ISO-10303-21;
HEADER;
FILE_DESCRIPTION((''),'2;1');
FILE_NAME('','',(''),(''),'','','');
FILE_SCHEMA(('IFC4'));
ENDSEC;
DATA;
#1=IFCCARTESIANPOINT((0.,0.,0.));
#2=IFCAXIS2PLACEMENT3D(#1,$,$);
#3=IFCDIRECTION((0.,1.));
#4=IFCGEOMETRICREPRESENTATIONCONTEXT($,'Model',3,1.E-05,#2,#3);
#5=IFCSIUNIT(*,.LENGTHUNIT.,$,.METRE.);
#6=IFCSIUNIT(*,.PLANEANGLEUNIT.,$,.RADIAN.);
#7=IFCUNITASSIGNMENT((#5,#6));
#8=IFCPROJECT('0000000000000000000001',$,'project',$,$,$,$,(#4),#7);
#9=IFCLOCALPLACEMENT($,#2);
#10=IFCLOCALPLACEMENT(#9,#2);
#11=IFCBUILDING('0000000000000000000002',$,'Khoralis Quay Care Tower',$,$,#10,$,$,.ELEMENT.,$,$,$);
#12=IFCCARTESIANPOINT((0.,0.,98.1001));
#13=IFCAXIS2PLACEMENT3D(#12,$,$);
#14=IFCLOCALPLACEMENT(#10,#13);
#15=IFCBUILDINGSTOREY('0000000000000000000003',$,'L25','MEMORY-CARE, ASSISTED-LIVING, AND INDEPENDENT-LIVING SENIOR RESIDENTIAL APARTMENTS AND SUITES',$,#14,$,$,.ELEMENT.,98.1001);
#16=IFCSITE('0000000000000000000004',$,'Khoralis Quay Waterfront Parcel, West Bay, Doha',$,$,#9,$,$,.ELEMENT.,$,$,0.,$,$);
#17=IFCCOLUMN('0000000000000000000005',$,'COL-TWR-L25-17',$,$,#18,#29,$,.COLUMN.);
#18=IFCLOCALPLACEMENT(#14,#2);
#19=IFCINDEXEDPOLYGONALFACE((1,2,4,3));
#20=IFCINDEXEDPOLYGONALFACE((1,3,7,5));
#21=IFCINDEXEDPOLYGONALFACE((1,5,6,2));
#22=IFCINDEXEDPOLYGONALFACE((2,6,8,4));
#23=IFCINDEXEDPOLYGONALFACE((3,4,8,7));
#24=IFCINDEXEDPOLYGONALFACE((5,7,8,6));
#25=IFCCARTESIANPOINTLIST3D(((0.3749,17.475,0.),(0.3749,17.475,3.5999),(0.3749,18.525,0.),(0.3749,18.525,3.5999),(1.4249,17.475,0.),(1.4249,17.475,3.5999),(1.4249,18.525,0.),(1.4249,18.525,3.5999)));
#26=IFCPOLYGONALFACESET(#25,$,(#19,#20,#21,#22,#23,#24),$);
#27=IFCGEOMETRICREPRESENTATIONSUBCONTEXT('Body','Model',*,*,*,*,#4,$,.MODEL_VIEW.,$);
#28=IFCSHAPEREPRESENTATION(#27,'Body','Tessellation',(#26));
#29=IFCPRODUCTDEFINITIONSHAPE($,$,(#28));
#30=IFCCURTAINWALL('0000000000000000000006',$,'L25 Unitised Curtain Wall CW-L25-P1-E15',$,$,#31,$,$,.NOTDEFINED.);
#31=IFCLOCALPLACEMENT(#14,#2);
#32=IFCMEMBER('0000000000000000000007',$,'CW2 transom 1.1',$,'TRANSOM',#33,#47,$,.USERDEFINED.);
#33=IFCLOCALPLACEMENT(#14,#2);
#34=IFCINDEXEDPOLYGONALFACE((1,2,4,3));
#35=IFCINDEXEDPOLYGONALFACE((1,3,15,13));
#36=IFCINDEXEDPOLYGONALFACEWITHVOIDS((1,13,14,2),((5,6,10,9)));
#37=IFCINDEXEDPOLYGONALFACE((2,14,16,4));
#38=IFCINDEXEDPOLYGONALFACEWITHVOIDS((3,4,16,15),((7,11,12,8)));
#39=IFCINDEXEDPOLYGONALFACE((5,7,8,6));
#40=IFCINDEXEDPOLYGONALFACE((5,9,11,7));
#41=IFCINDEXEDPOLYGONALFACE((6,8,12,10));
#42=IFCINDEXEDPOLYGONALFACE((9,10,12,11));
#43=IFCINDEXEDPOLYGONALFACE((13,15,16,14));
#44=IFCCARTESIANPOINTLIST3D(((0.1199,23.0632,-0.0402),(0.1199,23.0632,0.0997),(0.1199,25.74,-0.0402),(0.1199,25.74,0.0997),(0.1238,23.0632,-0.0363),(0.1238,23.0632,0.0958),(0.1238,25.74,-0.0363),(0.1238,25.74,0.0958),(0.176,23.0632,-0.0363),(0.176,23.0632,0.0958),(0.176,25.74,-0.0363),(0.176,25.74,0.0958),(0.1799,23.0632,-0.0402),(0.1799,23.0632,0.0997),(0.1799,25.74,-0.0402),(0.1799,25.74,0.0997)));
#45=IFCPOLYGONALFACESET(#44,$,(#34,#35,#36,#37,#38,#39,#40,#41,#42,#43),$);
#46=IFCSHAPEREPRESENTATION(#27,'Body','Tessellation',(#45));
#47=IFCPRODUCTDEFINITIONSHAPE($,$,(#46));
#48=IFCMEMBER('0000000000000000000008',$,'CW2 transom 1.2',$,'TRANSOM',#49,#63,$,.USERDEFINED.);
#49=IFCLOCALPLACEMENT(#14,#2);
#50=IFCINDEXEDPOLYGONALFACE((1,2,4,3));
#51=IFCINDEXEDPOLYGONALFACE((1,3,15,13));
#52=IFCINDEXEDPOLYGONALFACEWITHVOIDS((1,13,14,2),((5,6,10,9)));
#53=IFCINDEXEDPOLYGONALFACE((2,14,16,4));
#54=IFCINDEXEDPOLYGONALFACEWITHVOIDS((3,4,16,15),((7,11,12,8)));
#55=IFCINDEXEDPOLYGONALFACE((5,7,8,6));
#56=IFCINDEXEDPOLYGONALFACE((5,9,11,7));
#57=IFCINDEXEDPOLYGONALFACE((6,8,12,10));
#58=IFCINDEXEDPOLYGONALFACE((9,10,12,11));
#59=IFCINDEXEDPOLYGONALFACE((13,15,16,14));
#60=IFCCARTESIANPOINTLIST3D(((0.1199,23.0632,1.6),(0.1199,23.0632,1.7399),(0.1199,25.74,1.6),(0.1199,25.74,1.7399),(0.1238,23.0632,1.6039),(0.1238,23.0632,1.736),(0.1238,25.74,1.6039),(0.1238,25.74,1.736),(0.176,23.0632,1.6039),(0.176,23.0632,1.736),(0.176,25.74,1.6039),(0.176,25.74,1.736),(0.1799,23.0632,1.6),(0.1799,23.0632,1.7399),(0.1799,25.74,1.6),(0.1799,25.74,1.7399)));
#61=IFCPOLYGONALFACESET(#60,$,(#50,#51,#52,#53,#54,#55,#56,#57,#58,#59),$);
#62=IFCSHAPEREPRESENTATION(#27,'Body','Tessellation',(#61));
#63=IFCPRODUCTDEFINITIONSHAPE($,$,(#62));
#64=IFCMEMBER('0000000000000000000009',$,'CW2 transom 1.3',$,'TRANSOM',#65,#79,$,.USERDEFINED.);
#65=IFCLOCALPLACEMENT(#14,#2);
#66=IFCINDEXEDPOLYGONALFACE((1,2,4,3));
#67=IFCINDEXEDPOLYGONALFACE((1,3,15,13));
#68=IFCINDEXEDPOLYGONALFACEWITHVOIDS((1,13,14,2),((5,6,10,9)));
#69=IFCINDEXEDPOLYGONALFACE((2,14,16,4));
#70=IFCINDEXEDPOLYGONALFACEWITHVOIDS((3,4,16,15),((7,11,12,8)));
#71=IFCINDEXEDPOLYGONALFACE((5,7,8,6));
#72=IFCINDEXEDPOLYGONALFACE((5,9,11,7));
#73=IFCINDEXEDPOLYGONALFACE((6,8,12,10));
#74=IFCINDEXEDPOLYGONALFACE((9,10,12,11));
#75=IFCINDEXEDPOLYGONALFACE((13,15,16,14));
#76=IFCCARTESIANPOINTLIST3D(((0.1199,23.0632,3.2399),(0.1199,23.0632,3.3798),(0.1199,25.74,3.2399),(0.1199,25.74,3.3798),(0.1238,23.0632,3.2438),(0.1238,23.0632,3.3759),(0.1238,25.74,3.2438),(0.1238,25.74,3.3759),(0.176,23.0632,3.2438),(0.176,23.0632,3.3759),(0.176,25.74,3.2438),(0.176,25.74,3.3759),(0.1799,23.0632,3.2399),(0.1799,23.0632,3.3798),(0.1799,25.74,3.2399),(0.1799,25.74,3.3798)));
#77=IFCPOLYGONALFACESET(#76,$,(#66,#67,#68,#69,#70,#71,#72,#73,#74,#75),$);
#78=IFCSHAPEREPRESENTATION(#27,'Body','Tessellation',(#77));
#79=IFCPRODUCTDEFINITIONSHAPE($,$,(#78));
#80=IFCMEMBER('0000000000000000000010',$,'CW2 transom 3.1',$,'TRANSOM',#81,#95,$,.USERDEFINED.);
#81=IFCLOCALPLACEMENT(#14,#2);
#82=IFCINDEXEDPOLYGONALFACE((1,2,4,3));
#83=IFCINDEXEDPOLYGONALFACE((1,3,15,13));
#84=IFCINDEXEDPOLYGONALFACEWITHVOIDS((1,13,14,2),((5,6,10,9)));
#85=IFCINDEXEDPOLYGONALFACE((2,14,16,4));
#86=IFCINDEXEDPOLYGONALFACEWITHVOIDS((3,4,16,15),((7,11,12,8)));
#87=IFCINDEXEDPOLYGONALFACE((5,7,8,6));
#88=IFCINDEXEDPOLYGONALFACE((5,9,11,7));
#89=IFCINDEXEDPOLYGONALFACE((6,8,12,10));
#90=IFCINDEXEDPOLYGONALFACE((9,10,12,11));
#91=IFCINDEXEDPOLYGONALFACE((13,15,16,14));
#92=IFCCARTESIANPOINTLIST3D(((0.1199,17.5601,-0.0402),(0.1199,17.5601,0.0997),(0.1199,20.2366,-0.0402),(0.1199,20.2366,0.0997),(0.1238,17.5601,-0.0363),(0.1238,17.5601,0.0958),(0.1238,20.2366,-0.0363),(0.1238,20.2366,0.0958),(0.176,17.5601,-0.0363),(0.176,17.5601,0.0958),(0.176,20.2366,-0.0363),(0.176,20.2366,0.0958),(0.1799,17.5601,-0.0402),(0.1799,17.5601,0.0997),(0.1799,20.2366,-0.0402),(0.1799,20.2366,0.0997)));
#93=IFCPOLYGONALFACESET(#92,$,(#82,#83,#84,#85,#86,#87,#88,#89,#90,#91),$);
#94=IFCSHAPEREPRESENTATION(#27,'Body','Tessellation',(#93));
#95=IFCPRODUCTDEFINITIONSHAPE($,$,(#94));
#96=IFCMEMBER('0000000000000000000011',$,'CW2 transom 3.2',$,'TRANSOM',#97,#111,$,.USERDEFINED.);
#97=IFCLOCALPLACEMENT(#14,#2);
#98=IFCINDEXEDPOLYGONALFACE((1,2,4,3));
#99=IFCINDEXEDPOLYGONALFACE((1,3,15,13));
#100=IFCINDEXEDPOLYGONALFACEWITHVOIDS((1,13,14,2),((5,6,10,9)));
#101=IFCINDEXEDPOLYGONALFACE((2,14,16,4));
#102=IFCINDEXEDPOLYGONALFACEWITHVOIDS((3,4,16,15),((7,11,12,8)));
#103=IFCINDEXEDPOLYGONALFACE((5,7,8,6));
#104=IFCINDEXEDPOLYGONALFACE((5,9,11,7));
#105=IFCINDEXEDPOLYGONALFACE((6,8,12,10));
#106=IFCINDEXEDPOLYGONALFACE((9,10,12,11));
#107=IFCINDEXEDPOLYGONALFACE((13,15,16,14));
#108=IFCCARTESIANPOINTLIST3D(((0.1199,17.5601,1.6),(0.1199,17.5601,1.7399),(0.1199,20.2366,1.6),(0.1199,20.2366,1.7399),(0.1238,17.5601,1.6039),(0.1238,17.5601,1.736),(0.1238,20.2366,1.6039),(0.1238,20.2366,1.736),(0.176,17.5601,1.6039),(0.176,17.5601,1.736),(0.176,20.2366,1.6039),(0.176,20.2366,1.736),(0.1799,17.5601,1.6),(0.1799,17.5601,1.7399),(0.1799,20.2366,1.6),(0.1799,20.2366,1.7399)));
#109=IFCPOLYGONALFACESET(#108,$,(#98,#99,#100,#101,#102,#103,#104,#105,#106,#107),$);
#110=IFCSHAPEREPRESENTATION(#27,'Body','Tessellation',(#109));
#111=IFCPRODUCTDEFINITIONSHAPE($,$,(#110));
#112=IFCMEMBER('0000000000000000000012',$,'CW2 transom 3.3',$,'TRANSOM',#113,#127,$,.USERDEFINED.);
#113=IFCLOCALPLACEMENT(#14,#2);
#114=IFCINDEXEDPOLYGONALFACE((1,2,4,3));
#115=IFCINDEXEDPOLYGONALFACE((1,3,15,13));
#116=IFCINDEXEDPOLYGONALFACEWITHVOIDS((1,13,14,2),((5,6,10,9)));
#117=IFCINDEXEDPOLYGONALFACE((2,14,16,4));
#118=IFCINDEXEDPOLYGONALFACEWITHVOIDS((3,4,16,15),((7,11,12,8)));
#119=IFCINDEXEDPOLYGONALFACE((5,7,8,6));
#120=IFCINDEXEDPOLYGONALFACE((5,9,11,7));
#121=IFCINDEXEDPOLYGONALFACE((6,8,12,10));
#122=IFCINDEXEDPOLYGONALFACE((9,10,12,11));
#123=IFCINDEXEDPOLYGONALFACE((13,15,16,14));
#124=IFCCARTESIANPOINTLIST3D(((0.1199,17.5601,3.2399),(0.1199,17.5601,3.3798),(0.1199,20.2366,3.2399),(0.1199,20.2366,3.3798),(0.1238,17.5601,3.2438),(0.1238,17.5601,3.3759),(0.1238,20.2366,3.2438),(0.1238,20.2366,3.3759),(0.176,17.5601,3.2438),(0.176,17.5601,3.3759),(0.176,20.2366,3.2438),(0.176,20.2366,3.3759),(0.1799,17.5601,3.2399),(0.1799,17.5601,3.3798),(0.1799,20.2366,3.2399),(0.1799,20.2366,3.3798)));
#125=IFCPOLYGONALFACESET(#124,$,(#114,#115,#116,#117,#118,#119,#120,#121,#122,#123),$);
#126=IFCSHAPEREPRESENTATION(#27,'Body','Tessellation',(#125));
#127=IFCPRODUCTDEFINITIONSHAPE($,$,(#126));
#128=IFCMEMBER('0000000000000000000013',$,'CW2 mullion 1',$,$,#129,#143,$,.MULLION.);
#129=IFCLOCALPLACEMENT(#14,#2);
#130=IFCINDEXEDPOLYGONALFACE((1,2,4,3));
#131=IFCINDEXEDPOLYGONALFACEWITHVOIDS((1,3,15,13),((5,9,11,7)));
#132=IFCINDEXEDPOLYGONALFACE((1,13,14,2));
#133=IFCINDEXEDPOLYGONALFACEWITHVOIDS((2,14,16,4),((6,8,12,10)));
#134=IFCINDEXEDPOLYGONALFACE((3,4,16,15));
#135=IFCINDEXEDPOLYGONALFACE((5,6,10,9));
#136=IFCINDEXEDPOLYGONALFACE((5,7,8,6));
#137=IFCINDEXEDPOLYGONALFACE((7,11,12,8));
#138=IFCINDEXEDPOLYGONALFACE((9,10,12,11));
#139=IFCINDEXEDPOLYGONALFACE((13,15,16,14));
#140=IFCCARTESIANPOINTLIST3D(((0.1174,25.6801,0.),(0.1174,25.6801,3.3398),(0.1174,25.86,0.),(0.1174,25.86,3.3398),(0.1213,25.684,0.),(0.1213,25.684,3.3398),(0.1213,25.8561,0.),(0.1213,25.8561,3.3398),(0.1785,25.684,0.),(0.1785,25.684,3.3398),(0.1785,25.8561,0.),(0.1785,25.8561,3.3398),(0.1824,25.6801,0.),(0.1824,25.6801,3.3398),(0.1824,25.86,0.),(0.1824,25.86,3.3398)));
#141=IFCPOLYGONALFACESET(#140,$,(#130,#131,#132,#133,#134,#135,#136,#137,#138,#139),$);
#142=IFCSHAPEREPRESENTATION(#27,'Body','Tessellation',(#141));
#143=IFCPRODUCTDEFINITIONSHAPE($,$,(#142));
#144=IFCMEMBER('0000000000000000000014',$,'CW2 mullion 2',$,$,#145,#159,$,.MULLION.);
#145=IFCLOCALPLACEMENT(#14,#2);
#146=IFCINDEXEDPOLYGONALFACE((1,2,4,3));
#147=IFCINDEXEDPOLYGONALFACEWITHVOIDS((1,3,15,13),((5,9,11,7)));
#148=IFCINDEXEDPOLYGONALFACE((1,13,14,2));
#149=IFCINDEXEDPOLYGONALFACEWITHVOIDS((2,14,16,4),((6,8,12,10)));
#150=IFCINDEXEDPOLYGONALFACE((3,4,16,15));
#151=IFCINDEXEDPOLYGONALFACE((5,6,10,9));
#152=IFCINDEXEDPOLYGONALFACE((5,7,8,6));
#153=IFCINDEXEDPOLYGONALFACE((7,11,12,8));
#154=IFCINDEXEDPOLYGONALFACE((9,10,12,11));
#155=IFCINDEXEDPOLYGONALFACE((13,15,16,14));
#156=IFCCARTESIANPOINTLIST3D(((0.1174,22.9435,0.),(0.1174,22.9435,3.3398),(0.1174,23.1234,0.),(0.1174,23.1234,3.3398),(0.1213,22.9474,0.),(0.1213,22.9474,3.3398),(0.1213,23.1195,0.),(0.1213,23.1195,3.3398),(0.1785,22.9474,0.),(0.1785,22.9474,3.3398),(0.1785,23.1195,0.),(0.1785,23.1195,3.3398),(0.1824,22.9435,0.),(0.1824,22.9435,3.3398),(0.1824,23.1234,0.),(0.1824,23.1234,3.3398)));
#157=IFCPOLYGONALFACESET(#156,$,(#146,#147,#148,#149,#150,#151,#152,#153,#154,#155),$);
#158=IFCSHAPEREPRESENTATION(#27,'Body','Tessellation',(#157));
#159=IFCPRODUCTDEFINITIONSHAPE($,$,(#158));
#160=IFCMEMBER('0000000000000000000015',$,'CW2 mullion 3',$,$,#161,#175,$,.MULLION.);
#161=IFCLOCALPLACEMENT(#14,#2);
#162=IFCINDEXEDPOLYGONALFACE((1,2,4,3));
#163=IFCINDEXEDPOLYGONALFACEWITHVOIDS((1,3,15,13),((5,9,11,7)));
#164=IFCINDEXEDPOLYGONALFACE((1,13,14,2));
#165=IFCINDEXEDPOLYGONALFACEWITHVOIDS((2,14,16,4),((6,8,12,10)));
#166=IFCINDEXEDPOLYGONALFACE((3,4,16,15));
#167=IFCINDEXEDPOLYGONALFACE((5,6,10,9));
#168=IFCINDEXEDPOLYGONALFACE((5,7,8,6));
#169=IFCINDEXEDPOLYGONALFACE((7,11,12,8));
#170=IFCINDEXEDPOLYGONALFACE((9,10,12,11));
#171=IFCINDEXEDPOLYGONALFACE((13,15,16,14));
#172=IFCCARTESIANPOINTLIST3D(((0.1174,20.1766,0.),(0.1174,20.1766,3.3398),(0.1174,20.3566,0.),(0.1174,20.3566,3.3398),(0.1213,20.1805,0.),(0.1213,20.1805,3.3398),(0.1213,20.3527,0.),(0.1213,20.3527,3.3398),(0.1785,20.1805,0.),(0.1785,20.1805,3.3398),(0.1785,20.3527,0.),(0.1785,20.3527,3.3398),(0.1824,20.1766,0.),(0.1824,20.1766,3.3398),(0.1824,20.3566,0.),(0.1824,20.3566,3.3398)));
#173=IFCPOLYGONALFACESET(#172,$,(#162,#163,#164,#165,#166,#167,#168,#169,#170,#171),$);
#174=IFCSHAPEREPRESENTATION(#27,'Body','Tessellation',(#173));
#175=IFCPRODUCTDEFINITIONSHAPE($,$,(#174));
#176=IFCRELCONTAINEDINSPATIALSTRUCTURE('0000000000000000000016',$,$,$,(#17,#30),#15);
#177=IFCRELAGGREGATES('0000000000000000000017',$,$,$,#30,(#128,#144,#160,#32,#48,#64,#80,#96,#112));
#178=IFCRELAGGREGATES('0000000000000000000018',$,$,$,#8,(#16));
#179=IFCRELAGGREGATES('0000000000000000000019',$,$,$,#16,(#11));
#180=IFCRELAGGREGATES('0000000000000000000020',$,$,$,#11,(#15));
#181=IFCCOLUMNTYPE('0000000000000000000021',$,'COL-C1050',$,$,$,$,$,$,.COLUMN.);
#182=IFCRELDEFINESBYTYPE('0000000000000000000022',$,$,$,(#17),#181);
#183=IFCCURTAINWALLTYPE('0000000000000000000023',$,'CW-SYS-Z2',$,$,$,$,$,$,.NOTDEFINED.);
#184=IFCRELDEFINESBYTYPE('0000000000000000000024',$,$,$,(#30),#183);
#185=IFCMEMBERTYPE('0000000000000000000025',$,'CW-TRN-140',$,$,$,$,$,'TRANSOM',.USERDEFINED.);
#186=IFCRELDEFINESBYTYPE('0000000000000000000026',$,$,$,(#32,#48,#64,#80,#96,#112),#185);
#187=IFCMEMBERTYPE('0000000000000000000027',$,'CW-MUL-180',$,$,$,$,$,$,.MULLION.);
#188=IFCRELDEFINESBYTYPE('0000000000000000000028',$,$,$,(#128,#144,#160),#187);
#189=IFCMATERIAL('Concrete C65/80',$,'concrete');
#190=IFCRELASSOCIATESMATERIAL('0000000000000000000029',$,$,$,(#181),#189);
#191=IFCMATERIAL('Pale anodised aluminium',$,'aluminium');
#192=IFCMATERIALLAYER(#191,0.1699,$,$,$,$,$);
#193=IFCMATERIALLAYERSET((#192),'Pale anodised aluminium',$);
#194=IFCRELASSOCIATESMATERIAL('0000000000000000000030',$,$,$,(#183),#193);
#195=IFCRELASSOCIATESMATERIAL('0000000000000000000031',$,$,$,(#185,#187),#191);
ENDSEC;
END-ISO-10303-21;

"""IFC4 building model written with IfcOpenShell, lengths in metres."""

from ifc_helpers import new_model, si_unit, direction, frame, origin, origin_2d, place, context, subcontext, project, spatial, rectangle, hollow_rectangle, extrude, source, transform, mapped, material, layer, layer_set, material_profile, profile_set, type_object, element, aggregate, save


model = new_model("IFC4")

# Units and contexts
model_context = context("Model", 3, precision=1e-05, world=origin(), true_north=direction((0.0, 1.0)))
body_context = subcontext(model_context, "Body", "Model", "MODEL_VIEW")
ifc_project = project(units=[si_unit("LENGTHUNIT", "METRE"), si_unit("PLANEANGLEUNIT", "RADIAN")], contexts=[model_context])

# Site, building, storey
site_placement = place(None, origin())
site = spatial("IfcSite", under=ifc_project, at=site_placement, Name="Khoralis Quay Waterfront Parcel, West Bay, Doha", CompositionType="ELEMENT", RefElevation=0.0)
building_placement = place(site_placement, origin())
building = spatial("IfcBuilding", under=site, at=building_placement, Name="Khoralis Quay Care Tower", CompositionType="ELEMENT")
storey_placement = place(building_placement, frame((0.0, 0.0, 98.1001)))
storey = spatial("IfcBuildingStorey", under=building, at=storey_placement, Name="L25", Description="MEMORY-CARE, ASSISTED-LIVING, AND INDEPENDENT-LIVING SENIOR RESIDENTIAL APARTMENTS AND SUITES", CompositionType="ELEMENT", Elevation=98.1001)

# Column
ifc_material_1 = material(Name="Concrete C65/80", Category="concrete")
ifc_material_profile_1 = material_profile(ifc_material_1, rectangle(XDim=1.05, YDim=1.05, at=origin_2d()), Name="Concrete C65/80")
ifc_profile_set_1 = profile_set([ifc_material_profile_1], Name="Concrete C65/80")
column_type = type_object("IfcColumnType", Name="COL-C1050", PredefinedType="COLUMN", material=ifc_profile_set_1)
shared_shape_1 = source(origin(), body_context, "Body", "SweptSolid", [
    extrude(rectangle(XDim=1.05, YDim=1.05, at=origin_2d()), origin(), (0.0, 0.0, 1.0), 3.5999),
])
column_placement = place(storey_placement, frame((0.8999, 18.0, 0.0), z_axis=(0.0, 0.0, 1.0), x_axis=(1.0, 0.0, 0.0)))
element("IfcColumn", 1, at=column_placement, inside=storey, type_object=column_type, Name="COL-TWR-L25-17", PredefinedType="COLUMN", context=body_context, shape_type="MappedRepresentation", body=[
    mapped(shared_shape_1, transform((0.0, 0.0, 0.0), scale=1.0)),
])

# Curtain wall, members
ifc_material_2 = material(Name="Pale anodised aluminium", Category="aluminium")
ifc_layer_1 = layer(ifc_material_2, 0.1699)
ifc_layer_set_1 = layer_set([ifc_layer_1], Name="Pale anodised aluminium")
curtain_wall_type = type_object("IfcCurtainWallType", Name="CW-SYS-Z2", PredefinedType="NOTDEFINED", material=ifc_layer_set_1)
curtain_wall_placement = place(storey_placement, origin())
curtain_wall = element("IfcCurtainWall", 2, at=curtain_wall_placement, inside=storey, type_object=curtain_wall_type, Name="L25 Unitised Curtain Wall CW-L25-P1-E15", PredefinedType="NOTDEFINED")
ifc_material_profile_2 = material_profile(ifc_material_2, hollow_rectangle(XDim=0.0601, YDim=0.1399, WallThickness=0.0039, at=origin_2d()), Name="Pale anodised aluminium")
ifc_profile_set_2 = profile_set([ifc_material_profile_2], Name="Pale anodised aluminium")
member_type_1 = type_object("IfcMemberType", Name="CW-TRN-140", ElementType="TRANSOM", PredefinedType="USERDEFINED", material=ifc_profile_set_2)
shared_shape_2 = source(origin(), body_context, "Body", "SweptSolid", [
    extrude(hollow_rectangle(XDim=0.0601, YDim=0.1399, WallThickness=0.0039, at=origin_2d()), origin(), (0.0, 0.0, 1.0), 2.6768),
])
member_1_placement = place(storey_placement, frame((0.1499, 25.74, 0.0298), z_axis=(0.0, -1.0, 0.0), x_axis=(1.0, 0.0, 0.0)))
member_1 = element("IfcMember", 3, at=member_1_placement, type_object=member_type_1, Name="CW2 transom 1.1", ObjectType="TRANSOM", PredefinedType="USERDEFINED", context=body_context, shape_type="MappedRepresentation", body=[
    mapped(shared_shape_2, transform((0.0, 0.0, 0.0), scale=1.0)),
])
member_2_placement = place(storey_placement, frame((0.1499, 25.74, 1.6699), z_axis=(0.0, -1.0, 0.0), x_axis=(1.0, 0.0, 0.0)))
member_2 = element("IfcMember", 4, at=member_2_placement, type_object=member_type_1, Name="CW2 transom 1.2", ObjectType="TRANSOM", PredefinedType="USERDEFINED", context=body_context, shape_type="MappedRepresentation", body=[
    mapped(shared_shape_2, transform((0.0, 0.0, 0.0), scale=1.0)),
])
member_3_placement = place(storey_placement, frame((0.1499, 25.74, 3.3098), z_axis=(0.0, -1.0, 0.0), x_axis=(1.0, 0.0, 0.0)))
member_3 = element("IfcMember", 5, at=member_3_placement, type_object=member_type_1, Name="CW2 transom 1.3", ObjectType="TRANSOM", PredefinedType="USERDEFINED", context=body_context, shape_type="MappedRepresentation", body=[
    mapped(shared_shape_2, transform((0.0, 0.0, 0.0), scale=1.0)),
])
shared_shape_3 = source(origin(), body_context, "Body", "SweptSolid", [
    extrude(hollow_rectangle(XDim=0.0601, YDim=0.1399, WallThickness=0.0039, at=origin_2d()), origin(), (0.0, 0.0, 1.0), 2.6765),
])
member_4_placement = place(storey_placement, frame((0.1499, 20.2366, 0.0298), z_axis=(0.0, -1.0, 0.0), x_axis=(1.0, 0.0, 0.0)))
member_4 = element("IfcMember", 6, at=member_4_placement, type_object=member_type_1, Name="CW2 transom 3.1", ObjectType="TRANSOM", PredefinedType="USERDEFINED", context=body_context, shape_type="MappedRepresentation", body=[
    mapped(shared_shape_3, transform((0.0, 0.0, 0.0), scale=1.0)),
])
member_5_placement = place(storey_placement, frame((0.1499, 20.2366, 1.6699), z_axis=(0.0, -1.0, 0.0), x_axis=(1.0, 0.0, 0.0)))
member_5 = element("IfcMember", 7, at=member_5_placement, type_object=member_type_1, Name="CW2 transom 3.2", ObjectType="TRANSOM", PredefinedType="USERDEFINED", context=body_context, shape_type="MappedRepresentation", body=[
    mapped(shared_shape_3, transform((0.0, 0.0, 0.0), scale=1.0)),
])
member_6_placement = place(storey_placement, frame((0.1499, 20.2366, 3.3098), z_axis=(0.0, -1.0, 0.0), x_axis=(1.0, 0.0, 0.0)))
member_6 = element("IfcMember", 8, at=member_6_placement, type_object=member_type_1, Name="CW2 transom 3.3", ObjectType="TRANSOM", PredefinedType="USERDEFINED", context=body_context, shape_type="MappedRepresentation", body=[
    mapped(shared_shape_3, transform((0.0, 0.0, 0.0), scale=1.0)),
])
ifc_material_profile_3 = material_profile(ifc_material_2, hollow_rectangle(XDim=0.0649, YDim=0.1799, WallThickness=0.0039, at=origin_2d()), Name="Pale anodised aluminium")
ifc_profile_set_3 = profile_set([ifc_material_profile_3], Name="Pale anodised aluminium")
member_type_2 = type_object("IfcMemberType", Name="CW-MUL-180", PredefinedType="MULLION", material=ifc_profile_set_3)
shared_shape_4 = source(origin(), body_context, "Body", "SweptSolid", [
    extrude(hollow_rectangle(XDim=0.0649, YDim=0.1799, WallThickness=0.0039, at=origin_2d()), origin(), (0.0, 0.0, 1.0), 3.3398),
])
member_7_placement = place(storey_placement, frame((0.1499, 25.77, 0.0), z_axis=(0.0, 0.0, 1.0), x_axis=(1.0, 0.0, 0.0)))
member_7 = element("IfcMember", 9, at=member_7_placement, type_object=member_type_2, Name="CW2 mullion 1", PredefinedType="MULLION", context=body_context, shape_type="MappedRepresentation", body=[
    mapped(shared_shape_4, transform((0.0, 0.0, 0.0), scale=1.0)),
])
member_8_placement = place(storey_placement, frame((0.1499, 23.0334, 0.0), z_axis=(0.0, 0.0, 1.0), x_axis=(1.0, 0.0, 0.0)))
member_8 = element("IfcMember", 10, at=member_8_placement, type_object=member_type_2, Name="CW2 mullion 2", PredefinedType="MULLION", context=body_context, shape_type="MappedRepresentation", body=[
    mapped(shared_shape_4, transform((0.0, 0.0, 0.0), scale=1.0)),
])
member_9_placement = place(storey_placement, frame((0.1499, 20.2666, 0.0), z_axis=(0.0, 0.0, 1.0), x_axis=(1.0, 0.0, 0.0)))
member_9 = element("IfcMember", 11, at=member_9_placement, type_object=member_type_2, Name="CW2 mullion 3", PredefinedType="MULLION", context=body_context, shape_type="MappedRepresentation", body=[
    mapped(shared_shape_4, transform((0.0, 0.0, 0.0), scale=1.0)),
])
aggregate(curtain_wall, [member_7, member_8, member_9, member_1, member_2, member_3, member_4, member_5, member_6])

save(model, "model.ifc")
